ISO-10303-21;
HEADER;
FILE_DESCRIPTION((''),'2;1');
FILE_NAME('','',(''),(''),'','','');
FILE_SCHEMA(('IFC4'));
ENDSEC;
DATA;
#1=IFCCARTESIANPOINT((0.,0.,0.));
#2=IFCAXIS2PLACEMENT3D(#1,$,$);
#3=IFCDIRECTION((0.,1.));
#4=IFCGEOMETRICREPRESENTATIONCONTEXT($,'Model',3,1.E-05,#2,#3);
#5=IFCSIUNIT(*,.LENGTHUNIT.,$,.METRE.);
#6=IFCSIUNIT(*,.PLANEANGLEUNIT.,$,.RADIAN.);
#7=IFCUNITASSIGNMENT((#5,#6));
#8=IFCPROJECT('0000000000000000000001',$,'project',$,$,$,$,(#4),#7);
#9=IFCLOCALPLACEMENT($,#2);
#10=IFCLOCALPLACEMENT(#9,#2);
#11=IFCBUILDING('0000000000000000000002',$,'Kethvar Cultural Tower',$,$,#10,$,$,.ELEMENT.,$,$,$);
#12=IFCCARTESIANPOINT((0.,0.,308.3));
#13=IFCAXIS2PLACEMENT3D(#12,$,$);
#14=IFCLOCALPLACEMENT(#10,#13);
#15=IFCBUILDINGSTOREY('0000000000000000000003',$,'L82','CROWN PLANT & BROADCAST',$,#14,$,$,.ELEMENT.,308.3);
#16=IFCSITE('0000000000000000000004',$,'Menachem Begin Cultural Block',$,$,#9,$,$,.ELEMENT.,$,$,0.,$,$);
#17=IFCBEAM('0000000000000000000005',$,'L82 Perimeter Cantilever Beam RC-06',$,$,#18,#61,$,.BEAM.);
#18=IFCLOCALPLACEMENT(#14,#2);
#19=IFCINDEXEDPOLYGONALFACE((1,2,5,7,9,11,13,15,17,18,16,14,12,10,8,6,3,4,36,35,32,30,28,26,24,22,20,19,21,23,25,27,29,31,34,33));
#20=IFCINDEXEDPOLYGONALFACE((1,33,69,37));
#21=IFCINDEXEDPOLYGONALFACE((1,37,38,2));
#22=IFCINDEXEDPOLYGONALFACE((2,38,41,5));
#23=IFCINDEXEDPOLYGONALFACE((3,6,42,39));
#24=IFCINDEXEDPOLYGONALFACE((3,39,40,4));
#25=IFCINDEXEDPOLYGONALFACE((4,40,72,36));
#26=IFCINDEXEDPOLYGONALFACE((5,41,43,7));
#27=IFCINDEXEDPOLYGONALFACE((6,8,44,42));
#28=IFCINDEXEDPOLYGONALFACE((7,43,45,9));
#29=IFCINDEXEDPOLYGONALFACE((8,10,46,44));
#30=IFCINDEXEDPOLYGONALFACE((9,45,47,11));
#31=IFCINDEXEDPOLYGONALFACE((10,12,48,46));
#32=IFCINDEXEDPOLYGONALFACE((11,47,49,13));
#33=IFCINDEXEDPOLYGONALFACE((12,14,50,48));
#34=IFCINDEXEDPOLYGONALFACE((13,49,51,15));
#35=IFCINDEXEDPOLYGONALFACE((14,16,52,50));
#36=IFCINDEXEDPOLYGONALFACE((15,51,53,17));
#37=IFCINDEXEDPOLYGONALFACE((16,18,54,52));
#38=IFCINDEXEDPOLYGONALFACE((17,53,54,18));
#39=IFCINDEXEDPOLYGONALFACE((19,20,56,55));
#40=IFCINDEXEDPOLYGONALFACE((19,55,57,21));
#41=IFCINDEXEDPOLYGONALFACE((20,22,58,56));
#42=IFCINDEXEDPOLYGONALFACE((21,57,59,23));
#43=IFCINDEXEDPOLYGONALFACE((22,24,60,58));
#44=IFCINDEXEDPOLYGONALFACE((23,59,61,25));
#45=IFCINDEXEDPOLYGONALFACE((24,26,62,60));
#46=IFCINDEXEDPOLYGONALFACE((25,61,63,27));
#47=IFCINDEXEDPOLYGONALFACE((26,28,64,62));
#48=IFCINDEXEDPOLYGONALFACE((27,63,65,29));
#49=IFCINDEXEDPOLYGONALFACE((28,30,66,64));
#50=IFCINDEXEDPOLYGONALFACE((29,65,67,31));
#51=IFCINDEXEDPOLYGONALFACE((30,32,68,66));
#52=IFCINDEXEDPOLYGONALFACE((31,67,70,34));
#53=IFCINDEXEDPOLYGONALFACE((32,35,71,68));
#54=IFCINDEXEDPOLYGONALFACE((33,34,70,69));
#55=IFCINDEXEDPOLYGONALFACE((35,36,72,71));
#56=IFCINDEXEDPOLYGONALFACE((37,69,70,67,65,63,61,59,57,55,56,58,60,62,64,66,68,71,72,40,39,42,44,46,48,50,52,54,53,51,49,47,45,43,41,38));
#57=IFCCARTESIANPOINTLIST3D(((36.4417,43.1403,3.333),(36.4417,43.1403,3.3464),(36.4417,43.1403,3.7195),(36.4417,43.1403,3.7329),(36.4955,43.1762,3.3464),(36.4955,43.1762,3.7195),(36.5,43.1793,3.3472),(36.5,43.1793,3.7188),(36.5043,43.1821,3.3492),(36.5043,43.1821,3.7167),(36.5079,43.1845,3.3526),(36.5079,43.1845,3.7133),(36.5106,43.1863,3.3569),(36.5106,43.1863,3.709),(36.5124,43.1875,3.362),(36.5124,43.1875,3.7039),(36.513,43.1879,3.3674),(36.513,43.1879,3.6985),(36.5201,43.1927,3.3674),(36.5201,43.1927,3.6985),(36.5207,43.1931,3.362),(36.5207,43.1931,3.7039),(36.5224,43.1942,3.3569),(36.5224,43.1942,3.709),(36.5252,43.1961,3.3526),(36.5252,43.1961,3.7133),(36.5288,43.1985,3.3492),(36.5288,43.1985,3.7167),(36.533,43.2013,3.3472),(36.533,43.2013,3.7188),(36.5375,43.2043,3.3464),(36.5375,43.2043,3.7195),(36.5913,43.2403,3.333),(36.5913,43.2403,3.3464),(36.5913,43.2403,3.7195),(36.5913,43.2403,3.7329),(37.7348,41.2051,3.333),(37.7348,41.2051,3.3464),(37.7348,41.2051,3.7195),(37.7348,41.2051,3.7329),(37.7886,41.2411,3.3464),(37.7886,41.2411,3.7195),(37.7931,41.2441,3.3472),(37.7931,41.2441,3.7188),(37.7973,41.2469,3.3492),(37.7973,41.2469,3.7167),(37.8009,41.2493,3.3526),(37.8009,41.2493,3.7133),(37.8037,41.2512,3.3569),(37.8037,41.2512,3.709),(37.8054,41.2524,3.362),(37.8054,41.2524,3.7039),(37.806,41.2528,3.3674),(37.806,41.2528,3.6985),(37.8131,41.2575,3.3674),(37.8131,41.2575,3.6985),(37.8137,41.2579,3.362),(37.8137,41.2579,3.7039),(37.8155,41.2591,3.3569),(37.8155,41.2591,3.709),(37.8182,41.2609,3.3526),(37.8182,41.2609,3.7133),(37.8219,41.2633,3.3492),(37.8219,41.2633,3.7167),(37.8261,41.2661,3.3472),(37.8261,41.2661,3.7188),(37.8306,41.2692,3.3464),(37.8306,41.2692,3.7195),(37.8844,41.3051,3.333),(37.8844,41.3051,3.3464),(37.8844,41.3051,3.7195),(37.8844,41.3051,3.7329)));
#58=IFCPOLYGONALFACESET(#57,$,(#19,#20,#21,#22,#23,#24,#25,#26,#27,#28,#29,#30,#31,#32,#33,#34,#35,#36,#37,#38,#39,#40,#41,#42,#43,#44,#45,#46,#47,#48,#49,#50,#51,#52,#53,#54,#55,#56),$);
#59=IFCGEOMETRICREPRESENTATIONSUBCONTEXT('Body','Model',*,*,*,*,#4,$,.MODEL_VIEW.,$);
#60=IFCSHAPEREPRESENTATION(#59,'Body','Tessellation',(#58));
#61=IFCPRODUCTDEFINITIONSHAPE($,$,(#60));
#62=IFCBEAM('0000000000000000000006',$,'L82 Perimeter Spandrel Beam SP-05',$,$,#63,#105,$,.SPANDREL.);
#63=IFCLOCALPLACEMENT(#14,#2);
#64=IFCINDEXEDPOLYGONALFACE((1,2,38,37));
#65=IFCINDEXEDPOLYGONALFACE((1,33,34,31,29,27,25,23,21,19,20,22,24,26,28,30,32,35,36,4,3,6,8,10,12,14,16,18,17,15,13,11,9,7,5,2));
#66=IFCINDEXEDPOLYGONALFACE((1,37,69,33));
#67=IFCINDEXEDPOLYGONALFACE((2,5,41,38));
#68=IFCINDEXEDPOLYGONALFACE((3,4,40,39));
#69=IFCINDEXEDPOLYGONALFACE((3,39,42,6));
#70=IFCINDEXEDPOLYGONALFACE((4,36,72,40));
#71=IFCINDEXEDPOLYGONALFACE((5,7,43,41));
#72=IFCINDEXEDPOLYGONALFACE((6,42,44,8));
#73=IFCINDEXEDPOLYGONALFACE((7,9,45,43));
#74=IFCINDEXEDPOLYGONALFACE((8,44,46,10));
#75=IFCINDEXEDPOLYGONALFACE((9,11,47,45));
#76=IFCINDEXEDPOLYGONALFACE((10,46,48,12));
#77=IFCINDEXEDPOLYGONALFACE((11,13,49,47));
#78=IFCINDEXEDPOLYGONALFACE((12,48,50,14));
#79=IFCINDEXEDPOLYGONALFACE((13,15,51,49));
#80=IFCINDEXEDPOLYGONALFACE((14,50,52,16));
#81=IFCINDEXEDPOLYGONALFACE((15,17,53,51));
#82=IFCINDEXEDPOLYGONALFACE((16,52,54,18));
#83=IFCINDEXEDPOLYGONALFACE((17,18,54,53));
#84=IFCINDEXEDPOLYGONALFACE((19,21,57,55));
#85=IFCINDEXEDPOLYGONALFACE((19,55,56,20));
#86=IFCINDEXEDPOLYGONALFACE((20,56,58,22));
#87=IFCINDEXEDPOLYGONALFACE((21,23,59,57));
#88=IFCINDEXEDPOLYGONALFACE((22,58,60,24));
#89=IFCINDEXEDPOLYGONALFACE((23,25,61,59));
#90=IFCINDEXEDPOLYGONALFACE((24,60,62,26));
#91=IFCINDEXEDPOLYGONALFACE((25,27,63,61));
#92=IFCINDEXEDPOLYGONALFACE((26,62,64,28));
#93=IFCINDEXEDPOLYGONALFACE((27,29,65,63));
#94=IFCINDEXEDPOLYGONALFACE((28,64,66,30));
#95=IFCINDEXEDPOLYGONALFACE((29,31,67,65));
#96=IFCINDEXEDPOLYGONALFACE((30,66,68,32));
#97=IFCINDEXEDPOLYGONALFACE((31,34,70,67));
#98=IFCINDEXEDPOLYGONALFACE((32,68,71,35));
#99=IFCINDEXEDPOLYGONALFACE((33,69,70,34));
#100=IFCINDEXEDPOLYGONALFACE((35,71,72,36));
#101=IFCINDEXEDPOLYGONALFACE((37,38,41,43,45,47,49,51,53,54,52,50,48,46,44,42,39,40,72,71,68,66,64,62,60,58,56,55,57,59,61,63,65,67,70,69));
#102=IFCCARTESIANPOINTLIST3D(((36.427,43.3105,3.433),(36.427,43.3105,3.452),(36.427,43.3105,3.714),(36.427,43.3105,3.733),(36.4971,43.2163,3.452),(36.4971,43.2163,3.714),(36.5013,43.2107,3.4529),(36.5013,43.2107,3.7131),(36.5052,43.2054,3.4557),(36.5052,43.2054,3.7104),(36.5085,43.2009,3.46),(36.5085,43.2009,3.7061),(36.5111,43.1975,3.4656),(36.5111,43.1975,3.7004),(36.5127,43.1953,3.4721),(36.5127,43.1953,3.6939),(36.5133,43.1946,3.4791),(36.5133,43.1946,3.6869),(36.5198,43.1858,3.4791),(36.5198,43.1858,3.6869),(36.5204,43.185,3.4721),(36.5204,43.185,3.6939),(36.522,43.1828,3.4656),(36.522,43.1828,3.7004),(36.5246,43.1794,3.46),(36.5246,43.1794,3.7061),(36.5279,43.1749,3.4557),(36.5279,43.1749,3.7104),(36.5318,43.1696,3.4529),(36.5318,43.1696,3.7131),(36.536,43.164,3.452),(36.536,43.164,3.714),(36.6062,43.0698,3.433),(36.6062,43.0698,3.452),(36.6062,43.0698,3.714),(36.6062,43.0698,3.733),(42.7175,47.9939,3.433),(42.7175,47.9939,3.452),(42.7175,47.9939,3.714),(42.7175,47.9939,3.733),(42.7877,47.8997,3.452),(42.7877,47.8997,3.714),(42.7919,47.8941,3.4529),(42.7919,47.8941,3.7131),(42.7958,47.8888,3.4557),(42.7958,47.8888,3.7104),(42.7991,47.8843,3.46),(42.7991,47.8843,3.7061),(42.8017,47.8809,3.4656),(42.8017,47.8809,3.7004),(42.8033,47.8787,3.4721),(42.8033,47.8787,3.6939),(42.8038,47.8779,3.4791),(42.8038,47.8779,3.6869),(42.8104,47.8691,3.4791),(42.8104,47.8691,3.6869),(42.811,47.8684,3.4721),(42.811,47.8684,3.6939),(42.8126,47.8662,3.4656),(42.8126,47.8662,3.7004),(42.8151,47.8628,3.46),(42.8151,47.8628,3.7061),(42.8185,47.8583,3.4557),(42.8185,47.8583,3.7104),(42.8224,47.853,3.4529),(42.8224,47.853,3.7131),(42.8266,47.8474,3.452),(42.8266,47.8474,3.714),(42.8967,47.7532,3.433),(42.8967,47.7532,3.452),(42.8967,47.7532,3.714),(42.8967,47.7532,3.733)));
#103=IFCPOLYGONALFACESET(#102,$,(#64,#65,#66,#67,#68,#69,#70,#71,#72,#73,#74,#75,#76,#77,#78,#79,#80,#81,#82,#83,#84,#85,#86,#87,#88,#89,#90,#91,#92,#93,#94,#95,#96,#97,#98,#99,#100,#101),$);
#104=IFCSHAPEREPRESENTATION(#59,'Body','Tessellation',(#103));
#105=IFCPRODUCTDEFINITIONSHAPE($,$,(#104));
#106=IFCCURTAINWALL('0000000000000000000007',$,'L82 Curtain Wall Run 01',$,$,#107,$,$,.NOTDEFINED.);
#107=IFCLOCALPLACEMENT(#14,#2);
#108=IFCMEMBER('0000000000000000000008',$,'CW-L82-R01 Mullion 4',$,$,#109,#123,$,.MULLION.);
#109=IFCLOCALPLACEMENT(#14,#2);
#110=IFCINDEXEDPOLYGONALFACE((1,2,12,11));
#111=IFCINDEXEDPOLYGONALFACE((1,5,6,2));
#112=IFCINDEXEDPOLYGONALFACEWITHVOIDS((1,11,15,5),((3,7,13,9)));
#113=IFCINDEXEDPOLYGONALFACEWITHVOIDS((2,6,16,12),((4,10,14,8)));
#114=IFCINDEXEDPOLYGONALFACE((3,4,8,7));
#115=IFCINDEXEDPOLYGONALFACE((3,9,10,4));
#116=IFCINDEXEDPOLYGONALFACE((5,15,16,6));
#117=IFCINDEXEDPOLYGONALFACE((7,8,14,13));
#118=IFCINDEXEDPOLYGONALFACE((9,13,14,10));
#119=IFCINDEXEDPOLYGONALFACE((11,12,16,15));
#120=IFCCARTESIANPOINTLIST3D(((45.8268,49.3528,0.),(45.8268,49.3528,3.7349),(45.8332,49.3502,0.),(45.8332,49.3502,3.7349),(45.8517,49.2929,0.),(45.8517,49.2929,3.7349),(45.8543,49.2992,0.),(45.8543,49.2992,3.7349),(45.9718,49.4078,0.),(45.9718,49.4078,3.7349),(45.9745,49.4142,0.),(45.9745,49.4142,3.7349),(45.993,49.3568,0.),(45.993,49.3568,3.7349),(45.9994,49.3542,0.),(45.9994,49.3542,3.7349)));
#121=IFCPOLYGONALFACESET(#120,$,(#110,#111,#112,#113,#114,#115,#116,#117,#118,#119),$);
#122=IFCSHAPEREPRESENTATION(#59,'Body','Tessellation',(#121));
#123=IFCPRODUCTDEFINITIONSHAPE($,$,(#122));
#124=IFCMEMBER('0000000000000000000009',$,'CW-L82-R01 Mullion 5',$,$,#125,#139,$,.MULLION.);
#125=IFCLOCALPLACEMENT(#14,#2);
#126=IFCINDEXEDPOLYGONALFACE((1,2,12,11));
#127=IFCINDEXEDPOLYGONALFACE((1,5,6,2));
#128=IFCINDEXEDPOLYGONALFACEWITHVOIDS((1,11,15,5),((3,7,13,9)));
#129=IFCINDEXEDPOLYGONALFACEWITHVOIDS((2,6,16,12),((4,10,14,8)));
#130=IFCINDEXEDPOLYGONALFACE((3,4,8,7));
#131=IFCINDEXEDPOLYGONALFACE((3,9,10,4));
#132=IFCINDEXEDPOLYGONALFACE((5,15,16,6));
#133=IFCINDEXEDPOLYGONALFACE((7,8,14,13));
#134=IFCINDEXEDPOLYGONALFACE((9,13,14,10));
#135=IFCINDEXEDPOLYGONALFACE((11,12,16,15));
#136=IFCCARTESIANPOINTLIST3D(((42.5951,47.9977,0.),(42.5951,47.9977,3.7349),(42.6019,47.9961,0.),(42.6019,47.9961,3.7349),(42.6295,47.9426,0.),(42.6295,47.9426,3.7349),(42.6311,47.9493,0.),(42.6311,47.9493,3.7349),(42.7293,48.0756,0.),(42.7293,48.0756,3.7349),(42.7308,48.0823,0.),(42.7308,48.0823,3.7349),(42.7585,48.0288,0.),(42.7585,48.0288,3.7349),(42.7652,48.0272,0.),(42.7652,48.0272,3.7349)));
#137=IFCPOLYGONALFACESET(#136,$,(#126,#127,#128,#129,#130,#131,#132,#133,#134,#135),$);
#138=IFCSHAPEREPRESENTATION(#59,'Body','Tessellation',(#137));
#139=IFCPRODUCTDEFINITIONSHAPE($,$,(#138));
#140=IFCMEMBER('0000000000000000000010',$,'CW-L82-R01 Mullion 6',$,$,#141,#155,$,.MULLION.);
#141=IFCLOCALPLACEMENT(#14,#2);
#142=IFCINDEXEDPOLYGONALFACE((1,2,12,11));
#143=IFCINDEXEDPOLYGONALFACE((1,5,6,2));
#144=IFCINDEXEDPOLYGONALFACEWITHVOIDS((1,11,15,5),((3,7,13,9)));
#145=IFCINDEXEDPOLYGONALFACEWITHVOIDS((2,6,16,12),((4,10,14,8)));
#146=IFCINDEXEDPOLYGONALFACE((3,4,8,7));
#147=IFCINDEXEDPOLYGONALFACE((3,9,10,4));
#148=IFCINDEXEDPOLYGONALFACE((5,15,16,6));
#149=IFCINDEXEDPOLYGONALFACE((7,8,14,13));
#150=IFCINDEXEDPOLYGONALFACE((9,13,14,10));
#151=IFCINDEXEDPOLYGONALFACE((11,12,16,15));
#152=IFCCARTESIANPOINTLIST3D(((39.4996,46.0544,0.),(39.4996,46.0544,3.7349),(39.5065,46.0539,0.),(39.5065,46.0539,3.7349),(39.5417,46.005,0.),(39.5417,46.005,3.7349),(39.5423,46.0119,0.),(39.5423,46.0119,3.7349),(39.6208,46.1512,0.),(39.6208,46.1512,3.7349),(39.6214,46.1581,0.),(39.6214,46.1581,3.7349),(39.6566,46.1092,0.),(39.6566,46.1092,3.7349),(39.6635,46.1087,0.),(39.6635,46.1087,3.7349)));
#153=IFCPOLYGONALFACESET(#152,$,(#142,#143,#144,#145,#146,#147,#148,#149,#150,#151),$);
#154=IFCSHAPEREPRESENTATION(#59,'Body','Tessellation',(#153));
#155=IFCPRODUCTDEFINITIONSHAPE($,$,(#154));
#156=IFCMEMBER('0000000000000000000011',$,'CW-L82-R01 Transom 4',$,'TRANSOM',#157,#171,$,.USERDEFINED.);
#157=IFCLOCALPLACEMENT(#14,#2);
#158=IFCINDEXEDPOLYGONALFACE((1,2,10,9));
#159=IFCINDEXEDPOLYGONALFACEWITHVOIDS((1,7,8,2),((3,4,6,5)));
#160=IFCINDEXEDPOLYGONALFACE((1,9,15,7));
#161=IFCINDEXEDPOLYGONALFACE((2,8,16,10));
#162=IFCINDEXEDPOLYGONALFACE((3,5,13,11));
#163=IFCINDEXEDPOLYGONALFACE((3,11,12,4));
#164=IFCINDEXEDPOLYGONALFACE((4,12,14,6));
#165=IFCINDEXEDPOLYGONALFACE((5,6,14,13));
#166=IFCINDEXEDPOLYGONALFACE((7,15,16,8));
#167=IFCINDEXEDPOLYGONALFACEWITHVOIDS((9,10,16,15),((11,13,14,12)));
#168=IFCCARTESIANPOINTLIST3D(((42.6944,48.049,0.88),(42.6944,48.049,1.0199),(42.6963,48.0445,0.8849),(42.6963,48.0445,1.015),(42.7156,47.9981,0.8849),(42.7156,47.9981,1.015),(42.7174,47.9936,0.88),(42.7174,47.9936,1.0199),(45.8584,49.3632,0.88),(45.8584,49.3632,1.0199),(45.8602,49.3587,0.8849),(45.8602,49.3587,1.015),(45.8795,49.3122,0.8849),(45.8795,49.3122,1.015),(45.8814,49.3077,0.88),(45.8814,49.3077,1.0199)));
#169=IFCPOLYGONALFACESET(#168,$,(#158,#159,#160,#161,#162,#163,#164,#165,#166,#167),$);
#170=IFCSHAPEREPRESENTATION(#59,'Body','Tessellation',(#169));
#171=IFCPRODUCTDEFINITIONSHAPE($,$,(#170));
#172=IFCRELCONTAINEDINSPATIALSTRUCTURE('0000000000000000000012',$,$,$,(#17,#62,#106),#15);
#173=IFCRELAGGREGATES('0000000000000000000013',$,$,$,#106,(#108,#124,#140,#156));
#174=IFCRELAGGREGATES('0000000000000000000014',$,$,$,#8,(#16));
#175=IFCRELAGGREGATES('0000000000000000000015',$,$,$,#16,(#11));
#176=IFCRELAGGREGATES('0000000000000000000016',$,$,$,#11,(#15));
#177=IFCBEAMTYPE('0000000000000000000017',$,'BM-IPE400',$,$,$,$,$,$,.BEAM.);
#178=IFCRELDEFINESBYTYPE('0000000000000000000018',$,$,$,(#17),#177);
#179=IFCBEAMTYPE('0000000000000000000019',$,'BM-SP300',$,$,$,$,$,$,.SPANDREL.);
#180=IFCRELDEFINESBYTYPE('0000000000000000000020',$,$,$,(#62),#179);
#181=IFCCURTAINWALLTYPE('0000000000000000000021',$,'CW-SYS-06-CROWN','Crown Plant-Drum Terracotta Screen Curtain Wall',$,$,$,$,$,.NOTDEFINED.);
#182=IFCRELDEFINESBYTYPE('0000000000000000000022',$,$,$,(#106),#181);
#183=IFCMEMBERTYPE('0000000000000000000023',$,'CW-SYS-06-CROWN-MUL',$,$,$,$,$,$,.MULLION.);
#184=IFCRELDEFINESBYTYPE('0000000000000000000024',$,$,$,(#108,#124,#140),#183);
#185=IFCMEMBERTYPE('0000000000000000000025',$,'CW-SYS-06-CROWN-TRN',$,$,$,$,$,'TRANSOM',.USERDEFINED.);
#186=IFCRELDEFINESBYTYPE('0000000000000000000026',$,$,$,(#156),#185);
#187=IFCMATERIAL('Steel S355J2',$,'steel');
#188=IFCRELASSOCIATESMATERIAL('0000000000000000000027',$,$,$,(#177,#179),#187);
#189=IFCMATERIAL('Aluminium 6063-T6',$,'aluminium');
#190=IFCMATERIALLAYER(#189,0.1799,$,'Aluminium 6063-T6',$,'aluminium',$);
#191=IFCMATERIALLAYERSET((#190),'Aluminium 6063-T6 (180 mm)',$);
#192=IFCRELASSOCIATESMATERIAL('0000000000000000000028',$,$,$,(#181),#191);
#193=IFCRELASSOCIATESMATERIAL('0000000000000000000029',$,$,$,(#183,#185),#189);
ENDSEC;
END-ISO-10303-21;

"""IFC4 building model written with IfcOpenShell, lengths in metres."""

from ifc_helpers import new_model, si_unit, direction, frame, origin, origin_2d, place, context, subcontext, project, spatial, hollow_rectangle, i_section, extrude, source, transform, mapped, material, layer, layer_set, material_profile, profile_set, type_object, element, aggregate, save


model = new_model("IFC4")

# Units and contexts
model_context = context("Model", 3, precision=1e-05, world=origin(), true_north=direction((0.0, 1.0)))
body_context = subcontext(model_context, "Body", "Model", "MODEL_VIEW")
ifc_project = project(units=[si_unit("LENGTHUNIT", "METRE"), si_unit("PLANEANGLEUNIT", "RADIAN")], contexts=[model_context])

# Site, building, storey
site_placement = place(None, origin())
site = spatial("IfcSite", under=ifc_project, at=site_placement, Name="Menachem Begin Cultural Block", CompositionType="ELEMENT", RefElevation=0.0)
building_placement = place(site_placement, origin())
building = spatial("IfcBuilding", under=site, at=building_placement, Name="Kethvar Cultural Tower", CompositionType="ELEMENT")
storey_placement = place(building_placement, frame((0.0, 0.0, 308.3)))
storey = spatial("IfcBuildingStorey", under=building, at=storey_placement, Name="L82", Description="CROWN PLANT & BROADCAST", CompositionType="ELEMENT", Elevation=308.3)

# Shared definitions
ifc_material_1 = material(Name="Steel S355J2", Category="steel")

# Beams
ifc_material_profile_1 = material_profile(ifc_material_1, i_section(OverallWidth=0.1799, OverallDepth=0.3999, WebThickness=0.0085, FlangeThickness=0.0134, FilletRadius=0.021, at=origin_2d()), Name="Steel S355J2 — IPE400")
ifc_profile_set_1 = profile_set([ifc_material_profile_1], Name="Steel S355J2 — IPE400")
beam_type_1 = type_object("IfcBeamType", Name="BM-IPE400", PredefinedType="BEAM", material=ifc_profile_set_1)
shared_shape_1 = source(origin(), body_context, "Body", "SweptSolid", [
    extrude(i_section(OverallWidth=0.1799, OverallDepth=0.3999, WebThickness=0.0085, FlangeThickness=0.0134, FilletRadius=0.021, at=origin_2d()), origin(), (0.0, 0.0, 1.0), 2.3274),
])
beam_1_placement = place(storey_placement, frame((37.8096, 41.2551, 3.533), z_axis=(-0.555571, 0.831469, 0.0), x_axis=(-0.831469, -0.555571, 0.0)))
element("IfcBeam", 1, at=beam_1_placement, inside=storey, type_object=beam_type_1, Name="L82 Perimeter Cantilever Beam RC-06", PredefinedType="BEAM", context=body_context, shape_type="MappedRepresentation", body=[
    mapped(shared_shape_1, transform((0.0, 0.0, 0.0), scale=1.0)),
])
ifc_material_profile_2 = material_profile(ifc_material_1, i_section(OverallWidth=0.3, OverallDepth=0.3, WebThickness=0.011, FlangeThickness=0.019, FilletRadius=0.0271, at=origin_2d()), Name="Steel S355J2 — HEB300")
ifc_profile_set_2 = profile_set([ifc_material_profile_2], Name="Steel S355J2 — HEB300")
beam_type_2 = type_object("IfcBeamType", Name="BM-SP300", PredefinedType="SPANDREL", material=ifc_profile_set_2)
shared_shape_2 = source(origin(), body_context, "Body", "SweptSolid", [
    extrude(i_section(OverallWidth=0.3, OverallDepth=0.3, WebThickness=0.011, FlangeThickness=0.019, FilletRadius=0.0271, at=origin_2d()), origin(), (0.0, 0.0, 1.0), 7.8425),
])
beam_2_placement = place(storey_placement, frame((42.8071, 47.8735, 3.583), z_axis=(-0.802109, -0.597177, 0.0), x_axis=(0.597177, -0.802109, 0.0)))
element("IfcBeam", 2, at=beam_2_placement, inside=storey, type_object=beam_type_2, Name="L82 Perimeter Spandrel Beam SP-05", PredefinedType="SPANDREL", context=body_context, shape_type="MappedRepresentation", body=[
    mapped(shared_shape_2, transform((0.0, 0.0, 0.0), scale=1.0)),
])

# Curtain wall, members
ifc_material_2 = material(Name="Aluminium 6063-T6", Category="aluminium")
ifc_layer_1 = layer(ifc_material_2, 0.1799, Name="Aluminium 6063-T6", Category="aluminium")
ifc_layer_set_1 = layer_set([ifc_layer_1], Name="Aluminium 6063-T6 (180 mm)")
curtain_wall_type = type_object("IfcCurtainWallType", Name="CW-SYS-06-CROWN", Description="Crown Plant-Drum Terracotta Screen Curtain Wall", PredefinedType="NOTDEFINED", material=ifc_layer_set_1)
curtain_wall_placement = place(storey_placement, origin())
curtain_wall = element("IfcCurtainWall", 3, at=curtain_wall_placement, inside=storey, type_object=curtain_wall_type, Name="L82 Curtain Wall Run 01", PredefinedType="NOTDEFINED")
ifc_material_profile_3 = material_profile(ifc_material_2, hollow_rectangle(XDim=0.0649, YDim=0.1599, WallThickness=0.0049, at=origin_2d()), Name="Aluminium 6063-T6 — RHS160x65x5")
ifc_profile_set_3 = profile_set([ifc_material_profile_3], Name="Aluminium 6063-T6 — RHS160x65x5")
member_type_1 = type_object("IfcMemberType", Name="CW-SYS-06-CROWN-MUL", PredefinedType="MULLION", material=ifc_profile_set_3)
shared_shape_3 = source(origin(), body_context, "Body", "SweptSolid", [
    extrude(hollow_rectangle(XDim=0.0649, YDim=0.1599, WallThickness=0.0049, at=origin_2d()), origin(), (0.0, 0.0, 1.0), 3.7349),
])
member_1_placement = place(storey_placement, frame((45.9131, 49.3535, 0.0), z_axis=(0.0, 0.0, 1.0), x_axis=(0.38357, -0.923512, 0.0)))
member_1 = element("IfcMember", 4, at=member_1_placement, type_object=member_type_1, Name="CW-L82-R01 Mullion 4", PredefinedType="MULLION", context=body_context, shape_type="MappedRepresentation", body=[
    mapped(shared_shape_3, transform((0.0, 0.0, 0.0), scale=1.0)),
])
member_2_placement = place(storey_placement, frame((42.6802, 48.0125, 0.0), z_axis=(0.0, 0.0, 1.0), x_axis=(0.529135, -0.848538, 0.0)))
member_2 = element("IfcMember", 5, at=member_2_placement, type_object=member_type_1, Name="CW-L82-R01 Mullion 5", PredefinedType="MULLION", context=body_context, shape_type="MappedRepresentation", body=[
    mapped(shared_shape_3, transform((0.0, 0.0, 0.0), scale=1.0)),
])
member_3_placement = place(storey_placement, frame((39.5815, 46.0815, 0.0), z_axis=(0.0, 0.0, 1.0), x_axis=(0.648319, -0.761369, 0.0)))
member_3 = element("IfcMember", 6, at=member_3_placement, type_object=member_type_1, Name="CW-L82-R01 Mullion 6", PredefinedType="MULLION", context=body_context, shape_type="MappedRepresentation", body=[
    mapped(shared_shape_3, transform((0.0, 0.0, 0.0), scale=1.0)),
])
ifc_material_profile_4 = material_profile(ifc_material_2, hollow_rectangle(XDim=0.0601, YDim=0.1399, WallThickness=0.0049, at=origin_2d()), Name="Aluminium 6063-T6 — RHS140x60x5")
ifc_profile_set_4 = profile_set([ifc_material_profile_4], Name="Aluminium 6063-T6 — RHS140x60x5")
member_type_2 = type_object("IfcMemberType", Name="CW-SYS-06-CROWN-TRN", ElementType="TRANSOM", PredefinedType="USERDEFINED", material=ifc_profile_set_4)
shared_shape_4 = source(origin(), body_context, "Body", "SweptSolid", [
    extrude(hollow_rectangle(XDim=0.0601, YDim=0.1399, WallThickness=0.0049, at=origin_2d()), origin(), (0.0, 0.0, 1.0), 3.426),
])
member_4_placement = place(storey_placement, frame((45.8699, 49.3354, 0.95), z_axis=(-0.923506, -0.383583, 0.0), x_axis=(0.383583, -0.923506, 0.0)))
member_4 = element("IfcMember", 7, at=member_4_placement, type_object=member_type_2, Name="CW-L82-R01 Transom 4", ObjectType="TRANSOM", PredefinedType="USERDEFINED", context=body_context, shape_type="MappedRepresentation", body=[
    mapped(shared_shape_4, transform((0.0, 0.0, 0.0), scale=1.0)),
])
aggregate(curtain_wall, [member_1, member_2, member_3, member_4])

save(model, "model.ifc")
